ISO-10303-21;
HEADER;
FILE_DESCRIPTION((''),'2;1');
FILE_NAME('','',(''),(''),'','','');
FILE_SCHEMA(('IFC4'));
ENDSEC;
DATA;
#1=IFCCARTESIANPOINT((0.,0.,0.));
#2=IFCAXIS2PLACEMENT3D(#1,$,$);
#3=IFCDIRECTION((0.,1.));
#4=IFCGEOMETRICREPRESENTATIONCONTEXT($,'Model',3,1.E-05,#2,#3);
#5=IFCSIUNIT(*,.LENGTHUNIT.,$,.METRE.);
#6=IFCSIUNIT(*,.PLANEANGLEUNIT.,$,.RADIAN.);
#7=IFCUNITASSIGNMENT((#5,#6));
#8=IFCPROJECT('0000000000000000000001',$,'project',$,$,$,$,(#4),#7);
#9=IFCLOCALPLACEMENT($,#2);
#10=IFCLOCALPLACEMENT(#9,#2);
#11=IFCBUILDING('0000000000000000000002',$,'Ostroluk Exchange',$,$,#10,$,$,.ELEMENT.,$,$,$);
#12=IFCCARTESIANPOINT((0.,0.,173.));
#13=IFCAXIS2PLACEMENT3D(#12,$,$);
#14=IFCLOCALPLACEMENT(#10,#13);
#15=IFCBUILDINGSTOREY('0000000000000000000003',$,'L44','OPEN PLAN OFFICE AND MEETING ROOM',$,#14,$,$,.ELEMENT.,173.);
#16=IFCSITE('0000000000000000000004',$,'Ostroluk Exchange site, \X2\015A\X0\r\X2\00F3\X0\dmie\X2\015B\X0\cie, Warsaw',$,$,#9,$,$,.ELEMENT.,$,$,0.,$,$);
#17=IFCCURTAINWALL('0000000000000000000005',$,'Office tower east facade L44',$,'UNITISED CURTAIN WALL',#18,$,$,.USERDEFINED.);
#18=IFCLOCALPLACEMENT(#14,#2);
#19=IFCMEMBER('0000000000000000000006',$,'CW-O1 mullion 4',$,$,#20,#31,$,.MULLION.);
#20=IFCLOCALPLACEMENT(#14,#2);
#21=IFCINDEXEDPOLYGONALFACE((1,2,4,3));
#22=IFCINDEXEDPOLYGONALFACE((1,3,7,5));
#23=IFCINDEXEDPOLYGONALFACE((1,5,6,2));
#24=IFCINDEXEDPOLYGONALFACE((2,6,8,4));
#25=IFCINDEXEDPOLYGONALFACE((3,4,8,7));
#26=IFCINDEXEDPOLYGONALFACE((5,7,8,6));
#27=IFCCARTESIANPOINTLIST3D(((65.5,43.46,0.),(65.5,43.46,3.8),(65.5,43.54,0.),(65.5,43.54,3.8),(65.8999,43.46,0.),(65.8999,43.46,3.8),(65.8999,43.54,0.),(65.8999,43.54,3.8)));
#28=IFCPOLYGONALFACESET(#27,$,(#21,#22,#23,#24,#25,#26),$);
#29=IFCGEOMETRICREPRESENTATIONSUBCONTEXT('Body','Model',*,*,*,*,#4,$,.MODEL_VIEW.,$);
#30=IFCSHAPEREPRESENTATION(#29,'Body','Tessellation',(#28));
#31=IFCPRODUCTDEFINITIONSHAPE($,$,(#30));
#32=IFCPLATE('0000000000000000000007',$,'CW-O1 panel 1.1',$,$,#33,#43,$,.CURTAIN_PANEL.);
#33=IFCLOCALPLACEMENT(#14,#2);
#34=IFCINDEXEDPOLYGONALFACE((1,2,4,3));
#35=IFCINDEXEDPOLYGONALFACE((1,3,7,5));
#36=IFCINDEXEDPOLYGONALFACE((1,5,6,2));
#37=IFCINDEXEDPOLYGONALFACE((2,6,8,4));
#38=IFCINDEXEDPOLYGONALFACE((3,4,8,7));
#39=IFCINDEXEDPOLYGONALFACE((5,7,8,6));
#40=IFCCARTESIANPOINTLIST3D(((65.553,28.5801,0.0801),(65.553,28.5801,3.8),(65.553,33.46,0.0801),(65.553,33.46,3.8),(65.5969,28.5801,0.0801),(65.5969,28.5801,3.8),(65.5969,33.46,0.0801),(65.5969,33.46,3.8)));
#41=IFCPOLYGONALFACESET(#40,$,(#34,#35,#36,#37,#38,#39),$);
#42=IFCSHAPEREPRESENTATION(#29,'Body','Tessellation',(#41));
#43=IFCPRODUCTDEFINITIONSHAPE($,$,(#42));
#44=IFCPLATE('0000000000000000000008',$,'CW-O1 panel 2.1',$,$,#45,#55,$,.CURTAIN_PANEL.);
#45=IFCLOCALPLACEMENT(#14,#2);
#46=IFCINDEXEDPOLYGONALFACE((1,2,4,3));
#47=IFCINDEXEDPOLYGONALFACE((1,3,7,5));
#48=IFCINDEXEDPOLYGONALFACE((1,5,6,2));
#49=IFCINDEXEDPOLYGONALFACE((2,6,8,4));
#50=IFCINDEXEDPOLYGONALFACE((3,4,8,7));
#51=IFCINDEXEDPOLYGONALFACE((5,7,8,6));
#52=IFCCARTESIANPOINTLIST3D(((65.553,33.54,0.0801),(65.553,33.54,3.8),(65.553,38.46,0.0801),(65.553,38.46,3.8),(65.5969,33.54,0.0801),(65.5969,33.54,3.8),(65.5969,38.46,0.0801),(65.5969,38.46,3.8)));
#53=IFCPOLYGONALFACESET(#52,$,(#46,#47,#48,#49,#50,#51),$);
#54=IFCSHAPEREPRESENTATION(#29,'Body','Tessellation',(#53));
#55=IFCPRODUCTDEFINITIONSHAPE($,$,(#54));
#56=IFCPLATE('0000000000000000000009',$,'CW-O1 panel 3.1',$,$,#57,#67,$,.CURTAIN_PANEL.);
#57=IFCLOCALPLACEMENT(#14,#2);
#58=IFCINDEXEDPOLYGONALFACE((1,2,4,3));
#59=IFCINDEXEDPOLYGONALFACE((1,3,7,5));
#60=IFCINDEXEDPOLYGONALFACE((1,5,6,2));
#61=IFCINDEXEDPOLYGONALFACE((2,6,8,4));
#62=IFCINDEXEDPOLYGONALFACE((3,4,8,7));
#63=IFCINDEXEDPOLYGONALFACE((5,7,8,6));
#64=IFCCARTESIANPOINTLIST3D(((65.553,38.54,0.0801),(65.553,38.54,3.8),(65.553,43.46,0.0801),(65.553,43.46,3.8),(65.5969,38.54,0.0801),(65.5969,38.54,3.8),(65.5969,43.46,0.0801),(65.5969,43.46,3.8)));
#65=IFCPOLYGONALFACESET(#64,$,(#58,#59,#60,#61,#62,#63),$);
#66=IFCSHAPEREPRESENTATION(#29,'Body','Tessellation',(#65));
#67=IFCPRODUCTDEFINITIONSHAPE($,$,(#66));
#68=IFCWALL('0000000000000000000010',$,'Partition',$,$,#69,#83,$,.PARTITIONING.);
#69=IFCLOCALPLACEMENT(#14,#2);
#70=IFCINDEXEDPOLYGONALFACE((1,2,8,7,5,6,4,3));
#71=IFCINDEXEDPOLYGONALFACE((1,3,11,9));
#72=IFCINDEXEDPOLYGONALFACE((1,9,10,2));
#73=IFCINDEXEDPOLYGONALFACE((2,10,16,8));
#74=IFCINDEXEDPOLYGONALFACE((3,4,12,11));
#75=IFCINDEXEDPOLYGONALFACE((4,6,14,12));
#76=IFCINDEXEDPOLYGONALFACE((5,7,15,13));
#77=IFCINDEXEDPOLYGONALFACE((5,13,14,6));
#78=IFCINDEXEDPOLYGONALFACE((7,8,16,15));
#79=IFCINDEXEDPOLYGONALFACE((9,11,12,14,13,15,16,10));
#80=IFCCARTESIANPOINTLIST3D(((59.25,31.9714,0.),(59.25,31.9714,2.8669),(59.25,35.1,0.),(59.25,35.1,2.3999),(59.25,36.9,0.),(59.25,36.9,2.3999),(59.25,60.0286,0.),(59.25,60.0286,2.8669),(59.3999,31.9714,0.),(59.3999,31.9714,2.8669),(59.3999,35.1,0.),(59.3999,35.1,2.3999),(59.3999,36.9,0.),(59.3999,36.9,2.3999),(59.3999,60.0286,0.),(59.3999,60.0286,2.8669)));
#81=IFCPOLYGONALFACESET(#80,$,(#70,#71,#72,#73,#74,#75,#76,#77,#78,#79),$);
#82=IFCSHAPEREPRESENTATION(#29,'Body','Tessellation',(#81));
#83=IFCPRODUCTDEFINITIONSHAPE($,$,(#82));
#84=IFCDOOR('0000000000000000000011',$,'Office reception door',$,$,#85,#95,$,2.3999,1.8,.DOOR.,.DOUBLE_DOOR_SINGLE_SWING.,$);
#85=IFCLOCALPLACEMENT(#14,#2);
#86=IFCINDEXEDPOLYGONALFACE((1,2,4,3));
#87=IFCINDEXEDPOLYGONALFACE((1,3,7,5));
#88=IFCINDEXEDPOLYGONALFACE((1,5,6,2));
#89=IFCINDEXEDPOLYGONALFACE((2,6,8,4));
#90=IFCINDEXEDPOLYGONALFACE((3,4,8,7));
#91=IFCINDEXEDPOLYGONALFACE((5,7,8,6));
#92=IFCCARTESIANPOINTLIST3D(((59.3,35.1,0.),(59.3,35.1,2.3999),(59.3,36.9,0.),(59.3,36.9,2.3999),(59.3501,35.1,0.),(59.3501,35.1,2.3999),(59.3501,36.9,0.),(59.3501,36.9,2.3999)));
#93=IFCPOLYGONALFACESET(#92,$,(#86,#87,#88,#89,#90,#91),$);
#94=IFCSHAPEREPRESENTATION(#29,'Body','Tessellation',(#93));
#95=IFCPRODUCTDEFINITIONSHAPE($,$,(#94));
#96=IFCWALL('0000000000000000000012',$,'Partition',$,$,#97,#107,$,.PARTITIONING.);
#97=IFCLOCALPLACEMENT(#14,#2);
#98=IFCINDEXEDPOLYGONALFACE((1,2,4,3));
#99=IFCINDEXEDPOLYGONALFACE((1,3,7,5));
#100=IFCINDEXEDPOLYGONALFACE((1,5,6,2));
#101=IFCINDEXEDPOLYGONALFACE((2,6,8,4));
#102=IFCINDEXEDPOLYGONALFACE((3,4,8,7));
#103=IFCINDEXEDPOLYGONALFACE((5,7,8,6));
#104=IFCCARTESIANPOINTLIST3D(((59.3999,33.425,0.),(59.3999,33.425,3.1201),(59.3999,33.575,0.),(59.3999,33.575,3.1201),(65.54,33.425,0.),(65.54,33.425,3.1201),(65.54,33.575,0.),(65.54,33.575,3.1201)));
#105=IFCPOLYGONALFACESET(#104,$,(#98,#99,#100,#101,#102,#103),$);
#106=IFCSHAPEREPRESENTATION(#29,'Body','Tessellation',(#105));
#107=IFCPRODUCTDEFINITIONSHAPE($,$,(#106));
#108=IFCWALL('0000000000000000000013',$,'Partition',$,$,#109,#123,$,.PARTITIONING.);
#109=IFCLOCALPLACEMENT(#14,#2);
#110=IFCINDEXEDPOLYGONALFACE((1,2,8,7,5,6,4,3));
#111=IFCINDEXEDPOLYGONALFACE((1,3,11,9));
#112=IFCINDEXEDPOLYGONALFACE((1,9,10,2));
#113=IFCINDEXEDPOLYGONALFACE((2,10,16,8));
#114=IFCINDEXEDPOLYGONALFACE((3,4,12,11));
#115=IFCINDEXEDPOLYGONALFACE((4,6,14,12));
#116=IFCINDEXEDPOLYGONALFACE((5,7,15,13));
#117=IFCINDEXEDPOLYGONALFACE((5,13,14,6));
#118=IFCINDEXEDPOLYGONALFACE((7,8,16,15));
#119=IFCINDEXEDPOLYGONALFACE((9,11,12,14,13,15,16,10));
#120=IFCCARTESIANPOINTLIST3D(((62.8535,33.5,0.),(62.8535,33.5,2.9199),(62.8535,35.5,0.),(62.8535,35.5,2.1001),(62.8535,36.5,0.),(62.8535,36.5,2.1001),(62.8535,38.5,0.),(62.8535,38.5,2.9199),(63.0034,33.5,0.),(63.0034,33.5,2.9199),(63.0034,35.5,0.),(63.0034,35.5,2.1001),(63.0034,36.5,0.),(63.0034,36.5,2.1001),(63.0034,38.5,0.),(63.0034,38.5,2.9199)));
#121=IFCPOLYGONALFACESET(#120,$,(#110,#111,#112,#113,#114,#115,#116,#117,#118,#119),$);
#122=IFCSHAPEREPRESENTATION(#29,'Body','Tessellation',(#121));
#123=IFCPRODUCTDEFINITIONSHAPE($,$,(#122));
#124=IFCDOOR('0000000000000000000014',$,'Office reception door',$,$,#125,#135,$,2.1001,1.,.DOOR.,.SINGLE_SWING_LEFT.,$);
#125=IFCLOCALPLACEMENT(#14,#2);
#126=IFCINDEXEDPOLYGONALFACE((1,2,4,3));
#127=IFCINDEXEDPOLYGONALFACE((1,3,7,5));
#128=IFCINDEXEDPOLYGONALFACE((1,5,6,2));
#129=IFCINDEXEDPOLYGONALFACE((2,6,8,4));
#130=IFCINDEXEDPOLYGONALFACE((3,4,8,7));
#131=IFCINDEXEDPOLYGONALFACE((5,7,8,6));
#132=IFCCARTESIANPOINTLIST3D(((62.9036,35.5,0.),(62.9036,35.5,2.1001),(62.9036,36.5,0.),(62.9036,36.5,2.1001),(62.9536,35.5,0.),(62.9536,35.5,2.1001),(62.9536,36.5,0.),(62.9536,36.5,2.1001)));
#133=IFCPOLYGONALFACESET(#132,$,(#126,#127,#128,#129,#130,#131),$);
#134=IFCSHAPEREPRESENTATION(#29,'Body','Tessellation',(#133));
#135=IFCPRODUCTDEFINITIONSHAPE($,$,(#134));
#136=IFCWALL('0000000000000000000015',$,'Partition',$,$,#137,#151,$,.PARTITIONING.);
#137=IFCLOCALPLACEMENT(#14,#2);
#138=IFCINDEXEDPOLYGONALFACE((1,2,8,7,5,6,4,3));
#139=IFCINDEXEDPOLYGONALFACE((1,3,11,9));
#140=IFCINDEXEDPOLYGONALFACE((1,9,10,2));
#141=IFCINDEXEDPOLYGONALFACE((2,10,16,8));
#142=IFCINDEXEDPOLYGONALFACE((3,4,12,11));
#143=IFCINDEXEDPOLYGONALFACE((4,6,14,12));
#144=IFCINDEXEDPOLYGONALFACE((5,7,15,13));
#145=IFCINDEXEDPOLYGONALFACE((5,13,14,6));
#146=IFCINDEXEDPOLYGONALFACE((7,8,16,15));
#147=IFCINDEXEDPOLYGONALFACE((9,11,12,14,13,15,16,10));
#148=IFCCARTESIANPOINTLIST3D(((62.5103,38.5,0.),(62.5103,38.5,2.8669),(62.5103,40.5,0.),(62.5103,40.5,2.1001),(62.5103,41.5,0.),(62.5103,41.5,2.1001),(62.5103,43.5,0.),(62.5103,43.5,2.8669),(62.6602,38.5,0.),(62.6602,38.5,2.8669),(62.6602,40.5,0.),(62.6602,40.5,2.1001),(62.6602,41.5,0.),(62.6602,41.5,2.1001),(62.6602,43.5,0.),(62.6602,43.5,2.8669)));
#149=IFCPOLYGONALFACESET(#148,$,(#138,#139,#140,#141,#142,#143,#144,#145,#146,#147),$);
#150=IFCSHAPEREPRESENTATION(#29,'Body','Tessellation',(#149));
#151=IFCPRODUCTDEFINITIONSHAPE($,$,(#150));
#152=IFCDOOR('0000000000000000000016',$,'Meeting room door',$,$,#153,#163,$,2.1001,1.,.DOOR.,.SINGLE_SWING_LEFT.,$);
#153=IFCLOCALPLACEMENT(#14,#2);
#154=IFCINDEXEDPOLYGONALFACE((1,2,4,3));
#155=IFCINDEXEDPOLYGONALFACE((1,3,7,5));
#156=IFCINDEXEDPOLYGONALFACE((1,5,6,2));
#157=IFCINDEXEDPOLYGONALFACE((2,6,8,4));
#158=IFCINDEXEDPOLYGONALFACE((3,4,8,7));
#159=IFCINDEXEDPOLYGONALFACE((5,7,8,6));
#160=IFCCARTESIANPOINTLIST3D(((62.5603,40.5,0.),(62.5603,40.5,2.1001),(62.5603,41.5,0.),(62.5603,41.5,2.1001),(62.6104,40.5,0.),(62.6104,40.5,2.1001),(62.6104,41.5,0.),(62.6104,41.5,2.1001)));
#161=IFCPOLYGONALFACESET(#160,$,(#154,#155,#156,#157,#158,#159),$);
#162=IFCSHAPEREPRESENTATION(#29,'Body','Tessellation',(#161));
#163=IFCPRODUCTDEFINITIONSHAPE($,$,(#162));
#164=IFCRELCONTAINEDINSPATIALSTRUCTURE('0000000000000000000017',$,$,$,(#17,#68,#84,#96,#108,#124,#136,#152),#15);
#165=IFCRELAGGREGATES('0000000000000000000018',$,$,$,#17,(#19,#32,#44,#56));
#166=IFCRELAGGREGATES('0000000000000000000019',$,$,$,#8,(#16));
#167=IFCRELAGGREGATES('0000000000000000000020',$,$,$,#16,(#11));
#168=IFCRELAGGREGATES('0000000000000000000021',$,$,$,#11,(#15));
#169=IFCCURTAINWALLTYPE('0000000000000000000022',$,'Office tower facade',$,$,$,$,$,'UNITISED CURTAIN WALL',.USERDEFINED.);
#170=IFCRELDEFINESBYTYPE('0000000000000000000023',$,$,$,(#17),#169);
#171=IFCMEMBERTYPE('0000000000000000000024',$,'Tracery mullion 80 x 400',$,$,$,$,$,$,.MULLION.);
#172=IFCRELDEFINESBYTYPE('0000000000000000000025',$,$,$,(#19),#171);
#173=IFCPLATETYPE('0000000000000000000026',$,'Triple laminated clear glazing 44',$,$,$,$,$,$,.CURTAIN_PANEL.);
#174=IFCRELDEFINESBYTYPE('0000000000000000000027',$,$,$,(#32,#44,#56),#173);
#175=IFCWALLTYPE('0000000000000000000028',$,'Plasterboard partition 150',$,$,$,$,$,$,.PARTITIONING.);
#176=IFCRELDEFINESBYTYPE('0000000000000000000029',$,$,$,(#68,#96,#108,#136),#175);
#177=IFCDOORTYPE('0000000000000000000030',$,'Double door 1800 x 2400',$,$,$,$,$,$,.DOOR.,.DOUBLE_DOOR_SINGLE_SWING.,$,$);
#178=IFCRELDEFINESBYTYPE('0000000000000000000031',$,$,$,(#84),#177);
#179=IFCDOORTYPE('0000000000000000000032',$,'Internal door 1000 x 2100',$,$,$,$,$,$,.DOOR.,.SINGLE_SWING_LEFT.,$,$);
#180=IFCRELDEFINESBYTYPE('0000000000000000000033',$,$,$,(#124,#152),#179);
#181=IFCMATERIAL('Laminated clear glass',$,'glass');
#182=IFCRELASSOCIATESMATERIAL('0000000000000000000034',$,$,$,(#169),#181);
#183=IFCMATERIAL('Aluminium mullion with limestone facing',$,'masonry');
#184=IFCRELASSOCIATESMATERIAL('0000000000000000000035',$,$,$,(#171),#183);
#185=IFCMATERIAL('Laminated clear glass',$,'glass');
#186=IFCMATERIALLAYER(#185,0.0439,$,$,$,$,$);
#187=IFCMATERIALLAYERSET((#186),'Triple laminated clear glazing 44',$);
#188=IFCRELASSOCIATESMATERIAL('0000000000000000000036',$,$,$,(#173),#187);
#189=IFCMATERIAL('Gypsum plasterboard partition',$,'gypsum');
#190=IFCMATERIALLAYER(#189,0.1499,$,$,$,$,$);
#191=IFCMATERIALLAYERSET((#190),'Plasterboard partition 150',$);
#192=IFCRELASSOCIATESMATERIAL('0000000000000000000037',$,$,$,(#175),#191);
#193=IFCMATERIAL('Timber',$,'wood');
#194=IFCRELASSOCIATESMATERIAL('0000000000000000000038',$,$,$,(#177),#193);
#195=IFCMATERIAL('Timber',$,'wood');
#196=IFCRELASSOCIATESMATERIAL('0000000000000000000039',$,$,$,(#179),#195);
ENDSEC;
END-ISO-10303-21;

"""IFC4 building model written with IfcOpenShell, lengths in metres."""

from ifc_helpers import new_model, si_unit, direction, frame, frame_2d, origin, origin_2d, place, context, subcontext, project, spatial, rectangle, extrude, material, layer, layer_set, material_profile, profile_set, type_object, element, fill, aggregate, save


model = new_model("IFC4")

# Units and contexts
model_context = context("Model", 3, precision=1e-05, world=origin(), true_north=direction((0.0, 1.0)))
body_context = subcontext(model_context, "Body", "Model", "MODEL_VIEW")
ifc_project = project(units=[si_unit("LENGTHUNIT", "METRE"), si_unit("PLANEANGLEUNIT", "RADIAN")], contexts=[model_context])

# Site, building, storey
site_placement = place(None, origin())
site = spatial("IfcSite", under=ifc_project, at=site_placement, Name="Ostroluk Exchange site, Śródmieście, Warsaw", CompositionType="ELEMENT", RefElevation=0.0)
building_placement = place(site_placement, origin())
building = spatial("IfcBuilding", under=site, at=building_placement, Name="Ostroluk Exchange", CompositionType="ELEMENT")
storey_placement = place(building_placement, frame((0.0, 0.0, 173.0)))
storey = spatial("IfcBuildingStorey", under=building, at=storey_placement, Name="L44", Description="OPEN PLAN OFFICE AND MEETING ROOM", CompositionType="ELEMENT", Elevation=173.0)

# Curtain wall, member, plates
ifc_material_1 = material(Name="Laminated clear glass", Category="glass")
curtain_wall_type = type_object("IfcCurtainWallType", Name="Office tower facade", ElementType="UNITISED CURTAIN WALL", PredefinedType="USERDEFINED", material=ifc_material_1)
curtain_wall_placement = place(storey_placement, origin())
curtain_wall = element("IfcCurtainWall", 1, at=curtain_wall_placement, inside=storey, type_object=curtain_wall_type, Name="Office tower east facade L44", ObjectType="UNITISED CURTAIN WALL", PredefinedType="USERDEFINED")
ifc_material_2 = material(Name="Aluminium mullion with limestone facing", Category="masonry")
ifc_material_profile_1 = material_profile(ifc_material_2, rectangle(XDim=0.3999, YDim=0.0801, at=origin_2d()), Name="Tracery mullion 80 x 400")
ifc_profile_set_1 = profile_set([ifc_material_profile_1], Name="Aluminium mullion with limestone facing")
member_type_1 = type_object("IfcMemberType", Name="Tracery mullion 80 x 400", PredefinedType="MULLION", material=ifc_profile_set_1)
member_1_placement = place(storey_placement, frame((65.7, 43.5, 0.0), z_axis=(0.0, 0.0, 1.0), x_axis=(-1.0, 0.0, 0.0)))
member_1 = element("IfcMember", 2, at=member_1_placement, type_object=member_type_1, Name="CW-O1 mullion 4", PredefinedType="MULLION", context=body_context, shape_type="SweptSolid", body=[
    extrude(rectangle(XDim=0.3999, YDim=0.0801, at=origin_2d()), origin(), (0.0, 0.0, 1.0), 3.8),
])
ifc_material_3 = material(Name="Laminated clear glass", Category="glass")
ifc_layer_1 = layer(ifc_material_3, 0.0439)
ifc_layer_set_1 = layer_set([ifc_layer_1], Name="Triple laminated clear glazing 44")
plate_type = type_object("IfcPlateType", Name="Triple laminated clear glazing 44", PredefinedType="CURTAIN_PANEL", material=ifc_layer_set_1)
plate_1_placement = place(storey_placement, frame((65.575, 31.02, 0.0801), z_axis=(0.0, 0.0, 1.0), x_axis=(0.0, 1.0, 0.0)))
plate_1 = element("IfcPlate", 3, at=plate_1_placement, type_object=plate_type, Name="CW-O1 panel 1.1", PredefinedType="CURTAIN_PANEL", context=body_context, shape_type="SweptSolid", body=[
    extrude(rectangle(XDim=4.8799, YDim=0.0439, at=origin_2d()), origin(), (0.0, 0.0, 1.0), 3.72),
])
plate_2_placement = place(storey_placement, frame((65.575, 36.0, 0.0801), z_axis=(0.0, 0.0, 1.0), x_axis=(0.0, 1.0, 0.0)))
plate_2 = element("IfcPlate", 4, at=plate_2_placement, type_object=plate_type, Name="CW-O1 panel 2.1", PredefinedType="CURTAIN_PANEL", context=body_context, shape_type="SweptSolid", body=[
    extrude(rectangle(XDim=4.9199, YDim=0.0439, at=origin_2d()), origin(), (0.0, 0.0, 1.0), 3.72),
])
plate_3_placement = place(storey_placement, frame((65.575, 41.0, 0.0801), z_axis=(0.0, 0.0, 1.0), x_axis=(0.0, 1.0, 0.0)))
plate_3 = element("IfcPlate", 5, at=plate_3_placement, type_object=plate_type, Name="CW-O1 panel 3.1", PredefinedType="CURTAIN_PANEL", context=body_context, shape_type="SweptSolid", body=[
    extrude(rectangle(XDim=4.9199, YDim=0.0439, at=origin_2d()), origin(), (0.0, 0.0, 1.0), 3.72),
])
aggregate(curtain_wall, [member_1, plate_1, plate_2, plate_3])

# Wall, opening, door
ifc_material_4 = material(Name="Gypsum plasterboard partition", Category="gypsum")
ifc_layer_2 = layer(ifc_material_4, 0.1499)
ifc_layer_set_2 = layer_set([ifc_layer_2], Name="Plasterboard partition 150")
wall_type = type_object("IfcWallType", Name="Plasterboard partition 150", PredefinedType="PARTITIONING", material=ifc_layer_set_2)
wall_1_placement = place(storey_placement, frame((59.325, 31.9714, 0.0), z_axis=(0.0, 0.0, 1.0), x_axis=(0.0, 1.0, 0.0)))
wall_1 = element("IfcWall", 6, at=wall_1_placement, inside=storey, type_object=wall_type, Name="Partition", PredefinedType="PARTITIONING", context=body_context, shape_type="SweptSolid", body=[
    extrude(rectangle(XDim=28.0571, YDim=0.1499, at=frame_2d((14.0286, 0.0))), origin(), (0.0, 0.0, 1.0), 2.8669),
])
opening_1_placement = place(wall_1_placement, frame((3.1287, 0.0, 0.0)))
opening_1 = element("IfcOpeningElement", 7, at=opening_1_placement, cuts=wall_1, PredefinedType="OPENING", context=body_context, shape_type="SweptSolid", body=[
    extrude(rectangle(XDim=1.8, YDim=2.3999, at=frame_2d((0.8999, 1.2))), frame((0.0, 0.085, 0.0), z_axis=(0.0, -1.0, 0.0), x_axis=(1.0, 0.0, 0.0)), (0.0, 0.0, 1.0), 0.1699),
])
ifc_material_5 = material(Name="Timber", Category="wood")
door_type_1 = type_object("IfcDoorType", Name="Double door 1800 x 2400", OperationType="DOUBLE_DOOR_SINGLE_SWING", PredefinedType="DOOR", material=ifc_material_5)
door_1_placement = place(opening_1_placement, origin())
door_1 = element("IfcDoor", 8, at=door_1_placement, inside=storey, type_object=door_type_1, Name="Office reception door", OperationType="DOUBLE_DOOR_SINGLE_SWING", OverallHeight=2.3999, OverallWidth=1.8, PredefinedType="DOOR", context=body_context, shape_type="SweptSolid", body=[
    extrude(rectangle(XDim=1.8, YDim=2.3999, at=frame_2d((0.8999, 1.2))), frame((0.0, 0.0249, 0.0), z_axis=(0.0, -1.0, 0.0), x_axis=(1.0, 0.0, 0.0)), (0.0, 0.0, 1.0), 0.05),
])
fill(opening_1, door_1)

# Wall
wall_2_placement = place(storey_placement, frame((59.3999, 33.5, 0.0), z_axis=(0.0, 0.0, 1.0), x_axis=(1.0, 0.0, 0.0)))
element("IfcWall", 9, at=wall_2_placement, inside=storey, type_object=wall_type, Name="Partition", PredefinedType="PARTITIONING", context=body_context, shape_type="SweptSolid", body=[
    extrude(rectangle(XDim=6.1401, YDim=0.1499, at=frame_2d((3.0701, 0.0))), origin(), (0.0, 0.0, 1.0), 3.1201),
])

# Walls, openings, doors
wall_3_placement = place(storey_placement, frame((62.9285, 33.5, 0.0), z_axis=(0.0, 0.0, 1.0), x_axis=(0.0, 1.0, 0.0)))
wall_3 = element("IfcWall", 10, at=wall_3_placement, inside=storey, type_object=wall_type, Name="Partition", PredefinedType="PARTITIONING", context=body_context, shape_type="SweptSolid", body=[
    extrude(rectangle(XDim=5.0, YDim=0.1499, at=frame_2d((2.5, 0.0))), origin(), (0.0, 0.0, 1.0), 2.9199),
])
opening_2_placement = place(wall_3_placement, frame((2.0, 0.0, 0.0)))
opening_2 = element("IfcOpeningElement", 11, at=opening_2_placement, cuts=wall_3, PredefinedType="OPENING", context=body_context, shape_type="SweptSolid", body=[
    extrude(rectangle(XDim=1.0, YDim=2.1001, at=frame_2d((0.5, 1.05))), frame((0.0, 0.085, 0.0), z_axis=(0.0, -1.0, 0.0), x_axis=(1.0, 0.0, 0.0)), (0.0, 0.0, 1.0), 0.1699),
])
ifc_material_6 = material(Name="Timber", Category="wood")
door_type_2 = type_object("IfcDoorType", Name="Internal door 1000 x 2100", OperationType="SINGLE_SWING_LEFT", PredefinedType="DOOR", material=ifc_material_6)
door_2_placement = place(opening_2_placement, origin())
door_2 = element("IfcDoor", 12, at=door_2_placement, inside=storey, type_object=door_type_2, Name="Office reception door", OperationType="SINGLE_SWING_LEFT", OverallHeight=2.1001, OverallWidth=1.0, PredefinedType="DOOR", context=body_context, shape_type="SweptSolid", body=[
    extrude(rectangle(XDim=1.0, YDim=2.1001, at=frame_2d((0.5, 1.05))), frame((0.0, 0.0249, 0.0), z_axis=(0.0, -1.0, 0.0), x_axis=(1.0, 0.0, 0.0)), (0.0, 0.0, 1.0), 0.05),
])
fill(opening_2, door_2)
wall_4_placement = place(storey_placement, frame((62.5852, 38.5, 0.0), z_axis=(0.0, 0.0, 1.0), x_axis=(0.0, 1.0, 0.0)))
wall_4 = element("IfcWall", 13, at=wall_4_placement, inside=storey, type_object=wall_type, Name="Partition", PredefinedType="PARTITIONING", context=body_context, shape_type="SweptSolid", body=[
    extrude(rectangle(XDim=5.0, YDim=0.1499, at=frame_2d((2.5, 0.0))), origin(), (0.0, 0.0, 1.0), 2.8669),
])
opening_3_placement = place(wall_4_placement, frame((2.0, 0.0, 0.0)))
opening_3 = element("IfcOpeningElement", 14, at=opening_3_placement, cuts=wall_4, PredefinedType="OPENING", context=body_context, shape_type="SweptSolid", body=[
    extrude(rectangle(XDim=1.0, YDim=2.1001, at=frame_2d((0.5, 1.05))), frame((0.0, 0.085, 0.0), z_axis=(0.0, -1.0, 0.0), x_axis=(1.0, 0.0, 0.0)), (0.0, 0.0, 1.0), 0.1699),
])
door_3_placement = place(opening_3_placement, origin())
door_3 = element("IfcDoor", 15, at=door_3_placement, inside=storey, type_object=door_type_2, Name="Meeting room door", OperationType="SINGLE_SWING_LEFT", OverallHeight=2.1001, OverallWidth=1.0, PredefinedType="DOOR", context=body_context, shape_type="SweptSolid", body=[
    extrude(rectangle(XDim=1.0, YDim=2.1001, at=frame_2d((0.5, 1.05))), frame((0.0, 0.0249, 0.0), z_axis=(0.0, -1.0, 0.0), x_axis=(1.0, 0.0, 0.0)), (0.0, 0.0, 1.0), 0.05),
])
fill(opening_3, door_3)

save(model, "model.ifc")
